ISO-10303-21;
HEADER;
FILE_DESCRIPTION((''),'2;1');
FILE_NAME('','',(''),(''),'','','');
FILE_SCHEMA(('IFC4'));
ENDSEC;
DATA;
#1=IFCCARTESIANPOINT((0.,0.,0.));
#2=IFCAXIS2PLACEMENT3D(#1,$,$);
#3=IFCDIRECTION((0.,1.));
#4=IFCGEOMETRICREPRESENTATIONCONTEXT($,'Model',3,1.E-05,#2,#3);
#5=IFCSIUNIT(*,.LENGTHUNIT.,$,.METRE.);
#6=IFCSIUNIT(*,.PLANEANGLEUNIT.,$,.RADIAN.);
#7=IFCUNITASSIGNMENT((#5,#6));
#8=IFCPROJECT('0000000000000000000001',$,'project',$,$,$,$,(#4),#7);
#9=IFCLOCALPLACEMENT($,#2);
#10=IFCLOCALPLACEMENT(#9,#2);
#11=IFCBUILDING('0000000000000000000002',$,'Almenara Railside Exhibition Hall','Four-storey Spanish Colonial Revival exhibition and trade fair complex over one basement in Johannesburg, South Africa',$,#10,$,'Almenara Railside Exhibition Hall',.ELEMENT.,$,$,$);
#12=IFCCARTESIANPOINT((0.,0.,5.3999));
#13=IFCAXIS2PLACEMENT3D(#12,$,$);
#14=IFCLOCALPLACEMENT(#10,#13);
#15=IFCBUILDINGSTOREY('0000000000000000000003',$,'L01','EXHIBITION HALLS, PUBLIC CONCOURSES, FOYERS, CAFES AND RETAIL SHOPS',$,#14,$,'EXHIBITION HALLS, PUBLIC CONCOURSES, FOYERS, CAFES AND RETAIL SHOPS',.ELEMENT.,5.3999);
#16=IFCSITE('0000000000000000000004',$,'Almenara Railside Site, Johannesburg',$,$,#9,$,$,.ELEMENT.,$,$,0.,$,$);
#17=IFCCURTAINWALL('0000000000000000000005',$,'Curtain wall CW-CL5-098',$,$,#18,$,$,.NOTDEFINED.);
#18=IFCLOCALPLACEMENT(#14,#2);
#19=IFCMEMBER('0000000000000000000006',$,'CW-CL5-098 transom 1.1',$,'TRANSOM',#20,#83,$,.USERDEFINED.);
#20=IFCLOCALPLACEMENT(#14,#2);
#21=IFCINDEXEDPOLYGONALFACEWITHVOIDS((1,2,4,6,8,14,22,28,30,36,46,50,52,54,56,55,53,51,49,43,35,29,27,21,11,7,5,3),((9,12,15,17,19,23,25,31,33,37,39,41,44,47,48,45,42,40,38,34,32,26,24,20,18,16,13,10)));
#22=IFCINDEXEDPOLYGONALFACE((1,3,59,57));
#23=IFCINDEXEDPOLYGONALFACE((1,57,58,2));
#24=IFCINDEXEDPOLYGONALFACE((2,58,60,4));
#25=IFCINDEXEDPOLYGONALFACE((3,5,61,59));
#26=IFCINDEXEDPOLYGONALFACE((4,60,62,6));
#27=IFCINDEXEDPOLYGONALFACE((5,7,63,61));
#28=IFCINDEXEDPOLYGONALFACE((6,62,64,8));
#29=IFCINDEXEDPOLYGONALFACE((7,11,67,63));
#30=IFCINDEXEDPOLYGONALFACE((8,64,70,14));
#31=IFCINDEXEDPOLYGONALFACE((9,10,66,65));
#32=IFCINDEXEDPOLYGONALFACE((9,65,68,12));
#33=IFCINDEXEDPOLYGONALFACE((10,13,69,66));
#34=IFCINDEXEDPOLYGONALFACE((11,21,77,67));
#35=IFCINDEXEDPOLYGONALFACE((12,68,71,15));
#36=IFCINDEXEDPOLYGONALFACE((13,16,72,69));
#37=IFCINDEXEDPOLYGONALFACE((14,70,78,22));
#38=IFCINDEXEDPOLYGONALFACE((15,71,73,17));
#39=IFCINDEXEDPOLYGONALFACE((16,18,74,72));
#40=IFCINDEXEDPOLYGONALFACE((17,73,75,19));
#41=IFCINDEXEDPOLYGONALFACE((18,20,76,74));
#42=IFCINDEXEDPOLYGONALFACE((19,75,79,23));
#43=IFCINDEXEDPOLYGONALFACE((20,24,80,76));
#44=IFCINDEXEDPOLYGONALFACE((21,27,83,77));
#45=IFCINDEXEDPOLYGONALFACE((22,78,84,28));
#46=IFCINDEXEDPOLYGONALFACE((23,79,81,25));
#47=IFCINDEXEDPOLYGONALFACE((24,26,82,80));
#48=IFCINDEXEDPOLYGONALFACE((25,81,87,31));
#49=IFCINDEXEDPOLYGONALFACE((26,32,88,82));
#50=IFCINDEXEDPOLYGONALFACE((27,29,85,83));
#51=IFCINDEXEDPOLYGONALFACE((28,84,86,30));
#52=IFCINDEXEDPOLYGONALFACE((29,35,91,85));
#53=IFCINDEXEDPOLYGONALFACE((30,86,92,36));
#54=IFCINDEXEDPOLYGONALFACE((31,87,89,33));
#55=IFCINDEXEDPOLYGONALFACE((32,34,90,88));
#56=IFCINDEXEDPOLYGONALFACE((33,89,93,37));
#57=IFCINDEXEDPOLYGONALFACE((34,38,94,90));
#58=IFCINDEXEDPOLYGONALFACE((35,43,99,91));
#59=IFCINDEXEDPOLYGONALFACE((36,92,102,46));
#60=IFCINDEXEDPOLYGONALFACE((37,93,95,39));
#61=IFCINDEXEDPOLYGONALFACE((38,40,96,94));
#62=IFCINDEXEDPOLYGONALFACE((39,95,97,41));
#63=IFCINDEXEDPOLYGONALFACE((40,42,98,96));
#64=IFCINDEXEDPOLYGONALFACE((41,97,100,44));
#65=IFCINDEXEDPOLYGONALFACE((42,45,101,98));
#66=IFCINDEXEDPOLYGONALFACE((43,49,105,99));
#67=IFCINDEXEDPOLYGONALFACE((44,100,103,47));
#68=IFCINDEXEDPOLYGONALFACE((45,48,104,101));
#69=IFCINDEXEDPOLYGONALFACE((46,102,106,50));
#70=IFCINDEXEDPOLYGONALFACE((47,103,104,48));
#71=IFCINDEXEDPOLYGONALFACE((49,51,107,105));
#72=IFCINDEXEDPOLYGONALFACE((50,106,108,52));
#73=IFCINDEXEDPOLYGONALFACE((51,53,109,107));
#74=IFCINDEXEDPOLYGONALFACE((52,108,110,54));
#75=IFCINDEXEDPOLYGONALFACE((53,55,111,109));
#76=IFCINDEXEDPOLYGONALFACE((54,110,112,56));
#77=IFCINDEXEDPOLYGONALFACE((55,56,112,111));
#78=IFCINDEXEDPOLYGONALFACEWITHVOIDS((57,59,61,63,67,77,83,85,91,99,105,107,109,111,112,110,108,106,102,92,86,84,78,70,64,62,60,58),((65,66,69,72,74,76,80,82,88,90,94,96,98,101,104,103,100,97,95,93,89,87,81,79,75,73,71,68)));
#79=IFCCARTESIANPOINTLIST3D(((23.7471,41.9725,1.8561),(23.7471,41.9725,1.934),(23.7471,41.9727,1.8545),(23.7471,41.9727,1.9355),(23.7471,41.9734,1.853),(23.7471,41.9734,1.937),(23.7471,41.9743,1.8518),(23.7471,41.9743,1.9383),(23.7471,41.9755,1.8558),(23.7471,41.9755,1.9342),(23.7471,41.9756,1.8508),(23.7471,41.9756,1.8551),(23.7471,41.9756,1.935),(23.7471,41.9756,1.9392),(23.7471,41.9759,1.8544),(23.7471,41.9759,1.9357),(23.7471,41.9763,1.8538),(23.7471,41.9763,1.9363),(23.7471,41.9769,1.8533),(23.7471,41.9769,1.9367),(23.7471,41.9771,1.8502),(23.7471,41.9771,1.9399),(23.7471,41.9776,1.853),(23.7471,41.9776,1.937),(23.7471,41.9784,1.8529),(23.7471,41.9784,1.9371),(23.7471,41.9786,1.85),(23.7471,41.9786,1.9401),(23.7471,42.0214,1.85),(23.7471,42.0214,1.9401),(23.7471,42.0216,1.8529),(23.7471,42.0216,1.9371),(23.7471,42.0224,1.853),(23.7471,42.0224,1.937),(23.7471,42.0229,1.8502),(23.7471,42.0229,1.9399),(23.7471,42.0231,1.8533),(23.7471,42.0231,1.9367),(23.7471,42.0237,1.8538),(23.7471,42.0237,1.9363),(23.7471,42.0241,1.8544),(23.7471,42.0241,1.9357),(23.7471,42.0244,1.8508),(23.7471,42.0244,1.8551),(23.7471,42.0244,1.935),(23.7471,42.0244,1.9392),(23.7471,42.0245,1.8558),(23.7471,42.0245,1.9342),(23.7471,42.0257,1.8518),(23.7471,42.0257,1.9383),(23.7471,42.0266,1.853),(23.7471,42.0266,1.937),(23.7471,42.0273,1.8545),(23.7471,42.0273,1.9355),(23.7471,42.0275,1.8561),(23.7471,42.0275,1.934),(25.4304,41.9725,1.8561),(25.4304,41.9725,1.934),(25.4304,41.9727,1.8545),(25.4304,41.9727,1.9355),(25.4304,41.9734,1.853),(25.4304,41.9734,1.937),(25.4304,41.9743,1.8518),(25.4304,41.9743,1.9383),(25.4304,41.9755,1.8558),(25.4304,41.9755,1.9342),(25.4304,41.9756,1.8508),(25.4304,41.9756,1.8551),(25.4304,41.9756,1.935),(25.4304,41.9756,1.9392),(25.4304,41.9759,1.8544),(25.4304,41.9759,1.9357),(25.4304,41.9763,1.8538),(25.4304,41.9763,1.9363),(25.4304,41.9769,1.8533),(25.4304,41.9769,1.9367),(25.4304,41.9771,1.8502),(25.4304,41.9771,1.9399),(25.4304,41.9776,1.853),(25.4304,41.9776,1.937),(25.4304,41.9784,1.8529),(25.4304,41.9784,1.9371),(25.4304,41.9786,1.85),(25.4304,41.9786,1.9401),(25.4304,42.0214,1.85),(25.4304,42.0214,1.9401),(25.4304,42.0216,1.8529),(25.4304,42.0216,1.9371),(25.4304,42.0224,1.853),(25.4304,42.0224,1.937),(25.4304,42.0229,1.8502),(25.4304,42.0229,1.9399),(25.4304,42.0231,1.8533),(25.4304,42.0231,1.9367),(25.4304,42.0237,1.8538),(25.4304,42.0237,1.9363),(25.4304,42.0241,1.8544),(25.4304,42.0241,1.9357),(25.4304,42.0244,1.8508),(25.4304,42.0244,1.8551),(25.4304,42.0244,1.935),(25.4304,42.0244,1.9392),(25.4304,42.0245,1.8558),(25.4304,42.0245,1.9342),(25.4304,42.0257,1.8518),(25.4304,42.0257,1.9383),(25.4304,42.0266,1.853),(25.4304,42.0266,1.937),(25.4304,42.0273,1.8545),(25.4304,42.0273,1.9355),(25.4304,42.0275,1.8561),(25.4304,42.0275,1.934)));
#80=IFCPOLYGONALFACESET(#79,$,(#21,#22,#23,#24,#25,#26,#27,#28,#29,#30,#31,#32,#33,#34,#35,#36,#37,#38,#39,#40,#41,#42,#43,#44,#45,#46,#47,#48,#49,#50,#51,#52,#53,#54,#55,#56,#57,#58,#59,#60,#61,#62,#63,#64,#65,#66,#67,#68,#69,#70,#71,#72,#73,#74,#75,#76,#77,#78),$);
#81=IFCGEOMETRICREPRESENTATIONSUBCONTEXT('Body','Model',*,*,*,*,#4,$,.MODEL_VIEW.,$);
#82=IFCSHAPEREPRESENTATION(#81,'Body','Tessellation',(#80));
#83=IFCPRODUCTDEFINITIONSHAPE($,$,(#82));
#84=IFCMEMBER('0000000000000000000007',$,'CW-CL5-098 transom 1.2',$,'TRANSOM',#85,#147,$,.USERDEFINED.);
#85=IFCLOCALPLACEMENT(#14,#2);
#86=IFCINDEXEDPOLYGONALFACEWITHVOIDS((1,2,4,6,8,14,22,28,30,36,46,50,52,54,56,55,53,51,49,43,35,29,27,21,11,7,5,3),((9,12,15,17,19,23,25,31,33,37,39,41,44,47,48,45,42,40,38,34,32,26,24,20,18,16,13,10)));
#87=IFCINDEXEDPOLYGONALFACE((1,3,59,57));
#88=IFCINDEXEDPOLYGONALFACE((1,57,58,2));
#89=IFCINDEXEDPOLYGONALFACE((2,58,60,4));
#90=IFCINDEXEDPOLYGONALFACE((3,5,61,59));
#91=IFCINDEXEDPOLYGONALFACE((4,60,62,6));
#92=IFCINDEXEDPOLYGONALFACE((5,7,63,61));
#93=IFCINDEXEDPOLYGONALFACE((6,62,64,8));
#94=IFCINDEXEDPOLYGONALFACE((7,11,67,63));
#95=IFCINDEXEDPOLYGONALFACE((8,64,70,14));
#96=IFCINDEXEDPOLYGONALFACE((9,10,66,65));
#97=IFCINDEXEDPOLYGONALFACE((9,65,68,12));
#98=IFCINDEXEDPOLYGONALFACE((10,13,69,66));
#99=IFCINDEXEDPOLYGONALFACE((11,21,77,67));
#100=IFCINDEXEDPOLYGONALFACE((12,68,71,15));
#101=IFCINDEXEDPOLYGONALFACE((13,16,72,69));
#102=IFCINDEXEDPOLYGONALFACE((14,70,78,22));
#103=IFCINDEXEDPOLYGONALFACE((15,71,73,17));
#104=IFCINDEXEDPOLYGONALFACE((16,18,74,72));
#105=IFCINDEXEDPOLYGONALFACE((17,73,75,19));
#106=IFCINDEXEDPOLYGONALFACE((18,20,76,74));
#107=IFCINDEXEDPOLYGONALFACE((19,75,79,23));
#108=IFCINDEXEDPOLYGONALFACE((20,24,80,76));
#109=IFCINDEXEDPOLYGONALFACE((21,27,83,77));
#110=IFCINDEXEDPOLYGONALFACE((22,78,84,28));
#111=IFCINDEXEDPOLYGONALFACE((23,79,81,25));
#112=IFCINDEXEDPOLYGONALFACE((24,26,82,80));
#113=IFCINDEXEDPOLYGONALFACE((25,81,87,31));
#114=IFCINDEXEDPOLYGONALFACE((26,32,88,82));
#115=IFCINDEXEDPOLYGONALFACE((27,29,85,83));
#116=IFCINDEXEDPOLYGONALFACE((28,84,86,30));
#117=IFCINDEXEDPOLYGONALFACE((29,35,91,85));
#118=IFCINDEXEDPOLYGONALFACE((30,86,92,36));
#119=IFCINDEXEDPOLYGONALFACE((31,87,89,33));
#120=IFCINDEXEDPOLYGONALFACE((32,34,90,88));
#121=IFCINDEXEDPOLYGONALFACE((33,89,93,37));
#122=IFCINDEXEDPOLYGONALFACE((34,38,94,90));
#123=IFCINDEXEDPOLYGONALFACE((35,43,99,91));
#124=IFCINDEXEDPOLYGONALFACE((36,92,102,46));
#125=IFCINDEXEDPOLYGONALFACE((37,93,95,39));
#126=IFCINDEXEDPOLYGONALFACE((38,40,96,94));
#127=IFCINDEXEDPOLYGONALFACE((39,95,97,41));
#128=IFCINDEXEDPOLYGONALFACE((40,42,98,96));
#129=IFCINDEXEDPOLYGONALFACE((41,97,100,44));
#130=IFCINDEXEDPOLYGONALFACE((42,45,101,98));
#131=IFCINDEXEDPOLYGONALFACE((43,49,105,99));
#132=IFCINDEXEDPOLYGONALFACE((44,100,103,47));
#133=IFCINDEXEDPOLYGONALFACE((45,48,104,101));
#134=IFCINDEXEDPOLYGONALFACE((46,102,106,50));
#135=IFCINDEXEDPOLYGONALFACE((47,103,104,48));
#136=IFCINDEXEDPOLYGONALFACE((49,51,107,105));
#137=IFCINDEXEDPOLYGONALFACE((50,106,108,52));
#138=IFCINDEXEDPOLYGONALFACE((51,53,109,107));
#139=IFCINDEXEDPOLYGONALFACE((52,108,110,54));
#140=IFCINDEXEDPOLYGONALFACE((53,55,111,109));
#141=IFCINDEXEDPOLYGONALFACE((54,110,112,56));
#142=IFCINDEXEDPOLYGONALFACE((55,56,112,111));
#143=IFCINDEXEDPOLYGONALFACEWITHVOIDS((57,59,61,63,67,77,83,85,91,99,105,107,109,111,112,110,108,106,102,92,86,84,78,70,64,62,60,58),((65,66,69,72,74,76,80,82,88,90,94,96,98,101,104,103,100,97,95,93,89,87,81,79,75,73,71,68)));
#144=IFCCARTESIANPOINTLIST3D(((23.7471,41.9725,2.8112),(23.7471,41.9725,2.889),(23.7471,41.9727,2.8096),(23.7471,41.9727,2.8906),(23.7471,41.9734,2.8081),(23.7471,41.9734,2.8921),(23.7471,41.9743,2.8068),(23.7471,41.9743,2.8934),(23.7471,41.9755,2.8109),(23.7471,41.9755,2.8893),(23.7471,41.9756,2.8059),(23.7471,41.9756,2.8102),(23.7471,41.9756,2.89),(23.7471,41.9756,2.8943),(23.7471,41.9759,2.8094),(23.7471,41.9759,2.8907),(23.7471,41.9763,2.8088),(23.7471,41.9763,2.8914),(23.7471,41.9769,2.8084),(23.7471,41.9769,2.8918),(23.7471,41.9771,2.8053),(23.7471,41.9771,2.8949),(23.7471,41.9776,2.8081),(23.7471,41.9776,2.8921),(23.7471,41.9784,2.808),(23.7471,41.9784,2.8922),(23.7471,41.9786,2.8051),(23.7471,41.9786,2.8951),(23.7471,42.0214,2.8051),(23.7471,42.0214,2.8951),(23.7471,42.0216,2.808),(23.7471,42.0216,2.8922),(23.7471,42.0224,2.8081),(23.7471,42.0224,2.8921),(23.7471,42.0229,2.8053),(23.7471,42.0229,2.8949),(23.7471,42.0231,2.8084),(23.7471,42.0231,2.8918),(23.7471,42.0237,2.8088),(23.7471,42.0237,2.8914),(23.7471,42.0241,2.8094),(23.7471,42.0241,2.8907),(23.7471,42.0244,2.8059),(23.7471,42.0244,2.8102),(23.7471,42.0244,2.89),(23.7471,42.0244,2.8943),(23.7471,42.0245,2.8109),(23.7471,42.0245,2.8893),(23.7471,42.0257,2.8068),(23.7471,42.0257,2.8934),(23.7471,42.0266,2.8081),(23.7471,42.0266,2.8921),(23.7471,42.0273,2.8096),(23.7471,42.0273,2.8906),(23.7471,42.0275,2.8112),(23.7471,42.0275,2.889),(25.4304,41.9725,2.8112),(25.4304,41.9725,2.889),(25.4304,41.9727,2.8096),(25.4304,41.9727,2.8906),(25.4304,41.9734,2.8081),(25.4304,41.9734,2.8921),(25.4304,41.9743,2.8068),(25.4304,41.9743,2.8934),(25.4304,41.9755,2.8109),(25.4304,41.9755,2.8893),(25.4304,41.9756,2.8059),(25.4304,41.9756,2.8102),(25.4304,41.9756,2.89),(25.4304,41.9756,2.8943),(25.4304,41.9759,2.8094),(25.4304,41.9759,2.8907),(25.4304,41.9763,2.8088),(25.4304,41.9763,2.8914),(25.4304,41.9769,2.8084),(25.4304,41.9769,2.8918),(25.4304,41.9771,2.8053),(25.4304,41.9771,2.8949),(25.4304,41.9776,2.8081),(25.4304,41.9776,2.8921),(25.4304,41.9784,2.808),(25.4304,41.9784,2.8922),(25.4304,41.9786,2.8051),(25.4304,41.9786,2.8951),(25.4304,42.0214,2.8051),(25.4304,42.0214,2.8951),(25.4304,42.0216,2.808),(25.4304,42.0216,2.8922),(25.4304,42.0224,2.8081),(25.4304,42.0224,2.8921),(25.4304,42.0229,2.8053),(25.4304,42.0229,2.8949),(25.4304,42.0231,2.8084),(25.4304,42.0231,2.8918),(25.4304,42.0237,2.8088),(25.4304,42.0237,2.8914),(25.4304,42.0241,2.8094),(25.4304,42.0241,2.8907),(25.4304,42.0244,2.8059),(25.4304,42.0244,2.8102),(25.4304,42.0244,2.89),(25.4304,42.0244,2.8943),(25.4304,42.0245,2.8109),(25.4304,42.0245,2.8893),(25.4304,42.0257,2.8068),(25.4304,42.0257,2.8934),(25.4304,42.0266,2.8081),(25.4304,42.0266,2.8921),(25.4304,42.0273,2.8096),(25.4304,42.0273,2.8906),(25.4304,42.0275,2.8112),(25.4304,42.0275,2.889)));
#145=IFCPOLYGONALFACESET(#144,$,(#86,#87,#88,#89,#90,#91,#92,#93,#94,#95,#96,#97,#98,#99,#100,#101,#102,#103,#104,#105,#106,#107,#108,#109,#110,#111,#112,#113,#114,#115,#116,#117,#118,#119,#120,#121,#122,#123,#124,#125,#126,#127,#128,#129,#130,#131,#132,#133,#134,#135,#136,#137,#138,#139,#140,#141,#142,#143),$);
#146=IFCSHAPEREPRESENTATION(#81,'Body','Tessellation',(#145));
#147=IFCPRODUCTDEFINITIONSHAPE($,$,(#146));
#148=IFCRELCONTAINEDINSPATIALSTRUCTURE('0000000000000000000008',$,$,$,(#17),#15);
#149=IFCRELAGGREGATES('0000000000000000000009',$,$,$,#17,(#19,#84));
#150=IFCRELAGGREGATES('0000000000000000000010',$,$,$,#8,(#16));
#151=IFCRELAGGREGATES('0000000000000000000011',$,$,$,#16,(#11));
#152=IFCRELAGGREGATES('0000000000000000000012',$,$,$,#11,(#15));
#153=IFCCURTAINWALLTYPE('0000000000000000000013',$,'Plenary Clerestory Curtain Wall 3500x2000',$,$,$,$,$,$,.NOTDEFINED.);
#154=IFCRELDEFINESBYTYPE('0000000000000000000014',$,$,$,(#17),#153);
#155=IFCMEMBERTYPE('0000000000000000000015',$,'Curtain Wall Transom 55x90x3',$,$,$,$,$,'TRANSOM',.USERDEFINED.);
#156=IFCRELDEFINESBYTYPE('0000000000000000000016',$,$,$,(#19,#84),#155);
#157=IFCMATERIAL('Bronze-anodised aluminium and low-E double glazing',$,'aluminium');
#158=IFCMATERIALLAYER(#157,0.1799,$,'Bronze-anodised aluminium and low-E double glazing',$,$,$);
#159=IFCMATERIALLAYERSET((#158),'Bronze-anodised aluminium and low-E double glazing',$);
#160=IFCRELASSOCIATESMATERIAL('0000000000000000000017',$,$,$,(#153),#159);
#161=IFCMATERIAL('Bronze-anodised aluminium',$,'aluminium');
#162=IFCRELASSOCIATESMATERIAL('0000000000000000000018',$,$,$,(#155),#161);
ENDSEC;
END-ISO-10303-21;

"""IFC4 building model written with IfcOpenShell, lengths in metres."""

from ifc_helpers import new_model, si_unit, direction, frame, origin, origin_2d, place, context, subcontext, project, spatial, hollow_rectangle, extrude, material, layer, layer_set, material_profile, profile_set, type_object, element, aggregate, save


model = new_model("IFC4")

# Units and contexts
model_context = context("Model", 3, precision=1e-05, world=origin(), true_north=direction((0.0, 1.0)))
body_context = subcontext(model_context, "Body", "Model", "MODEL_VIEW")
ifc_project = project(units=[si_unit("LENGTHUNIT", "METRE"), si_unit("PLANEANGLEUNIT", "RADIAN")], contexts=[model_context])

# Site, building, storey
site_placement = place(None, origin())
site = spatial("IfcSite", under=ifc_project, at=site_placement, Name="Almenara Railside Site, Johannesburg", CompositionType="ELEMENT", RefElevation=0.0)
building_placement = place(site_placement, origin())
building = spatial("IfcBuilding", under=site, at=building_placement, Name="Almenara Railside Exhibition Hall", Description="Four-storey Spanish Colonial Revival exhibition and trade fair complex over one basement in Johannesburg, South Africa", LongName="Almenara Railside Exhibition Hall", CompositionType="ELEMENT")
storey_placement = place(building_placement, frame((0.0, 0.0, 5.3999)))
storey = spatial("IfcBuildingStorey", under=building, at=storey_placement, Name="L01", Description="EXHIBITION HALLS, PUBLIC CONCOURSES, FOYERS, CAFES AND RETAIL SHOPS", LongName="EXHIBITION HALLS, PUBLIC CONCOURSES, FOYERS, CAFES AND RETAIL SHOPS", CompositionType="ELEMENT", Elevation=5.3999)

# Curtain wall
ifc_material_1 = material(Name="Bronze-anodised aluminium and low-E double glazing", Category="aluminium")
ifc_layer_1 = layer(ifc_material_1, 0.1799, Name="Bronze-anodised aluminium and low-E double glazing")
ifc_layer_set_1 = layer_set([ifc_layer_1], Name="Bronze-anodised aluminium and low-E double glazing")
curtain_wall_type_1 = type_object("IfcCurtainWallType", Name="Plenary Clerestory Curtain Wall 3500x2000", PredefinedType="NOTDEFINED", material=ifc_layer_set_1)
curtain_wall_1_placement = place(storey_placement, origin())
curtain_wall_1 = element("IfcCurtainWall", 1, at=curtain_wall_1_placement, inside=storey, type_object=curtain_wall_type_1, Name="Curtain wall CW-CL5-098", PredefinedType="NOTDEFINED")
ifc_material_2 = material(Name="Bronze-anodised aluminium", Category="aluminium")

# Members
ifc_material_profile_1 = material_profile(ifc_material_2, hollow_rectangle(XDim=0.0549, YDim=0.0901, WallThickness=0.0029, InnerFilletRadius=0.0029, OuterFilletRadius=0.0061, at=origin_2d()), Name="ALU-TRN 55x90x3")
ifc_profile_set_1 = profile_set([ifc_material_profile_1], Name="Bronze-anodised aluminium")
member_type_1 = type_object("IfcMemberType", Name="Curtain Wall Transom 55x90x3", ElementType="TRANSOM", PredefinedType="USERDEFINED", material=ifc_profile_set_1)
member_1_placement = place(storey_placement, frame((23.7471, 42.0, 1.895), z_axis=(1.0, 0.0, 0.0), x_axis=(0.0, 1.0, 0.0)))
member_1 = element("IfcMember", 2, at=member_1_placement, type_object=member_type_1, Name="CW-CL5-098 transom 1.1", ObjectType="TRANSOM", PredefinedType="USERDEFINED", context=body_context, shape_type="SweptSolid", body=[
    extrude(hollow_rectangle(XDim=0.0549, YDim=0.0901, WallThickness=0.0029, InnerFilletRadius=0.0029, OuterFilletRadius=0.0061, at=origin_2d()), origin(), (0.0, 0.0, 1.0), 1.6833),
])
member_2_placement = place(storey_placement, frame((23.7471, 42.0, 2.8501), z_axis=(1.0, 0.0, 0.0), x_axis=(0.0, 1.0, 0.0)))
member_2 = element("IfcMember", 3, at=member_2_placement, type_object=member_type_1, Name="CW-CL5-098 transom 1.2", ObjectType="TRANSOM", PredefinedType="USERDEFINED", context=body_context, shape_type="SweptSolid", body=[
    extrude(hollow_rectangle(XDim=0.0549, YDim=0.0901, WallThickness=0.0029, InnerFilletRadius=0.0029, OuterFilletRadius=0.0061, at=origin_2d()), origin(), (0.0, 0.0, 1.0), 1.6833),
])

aggregate(curtain_wall_1, [member_1, member_2])

save(model, "model.ifc")
